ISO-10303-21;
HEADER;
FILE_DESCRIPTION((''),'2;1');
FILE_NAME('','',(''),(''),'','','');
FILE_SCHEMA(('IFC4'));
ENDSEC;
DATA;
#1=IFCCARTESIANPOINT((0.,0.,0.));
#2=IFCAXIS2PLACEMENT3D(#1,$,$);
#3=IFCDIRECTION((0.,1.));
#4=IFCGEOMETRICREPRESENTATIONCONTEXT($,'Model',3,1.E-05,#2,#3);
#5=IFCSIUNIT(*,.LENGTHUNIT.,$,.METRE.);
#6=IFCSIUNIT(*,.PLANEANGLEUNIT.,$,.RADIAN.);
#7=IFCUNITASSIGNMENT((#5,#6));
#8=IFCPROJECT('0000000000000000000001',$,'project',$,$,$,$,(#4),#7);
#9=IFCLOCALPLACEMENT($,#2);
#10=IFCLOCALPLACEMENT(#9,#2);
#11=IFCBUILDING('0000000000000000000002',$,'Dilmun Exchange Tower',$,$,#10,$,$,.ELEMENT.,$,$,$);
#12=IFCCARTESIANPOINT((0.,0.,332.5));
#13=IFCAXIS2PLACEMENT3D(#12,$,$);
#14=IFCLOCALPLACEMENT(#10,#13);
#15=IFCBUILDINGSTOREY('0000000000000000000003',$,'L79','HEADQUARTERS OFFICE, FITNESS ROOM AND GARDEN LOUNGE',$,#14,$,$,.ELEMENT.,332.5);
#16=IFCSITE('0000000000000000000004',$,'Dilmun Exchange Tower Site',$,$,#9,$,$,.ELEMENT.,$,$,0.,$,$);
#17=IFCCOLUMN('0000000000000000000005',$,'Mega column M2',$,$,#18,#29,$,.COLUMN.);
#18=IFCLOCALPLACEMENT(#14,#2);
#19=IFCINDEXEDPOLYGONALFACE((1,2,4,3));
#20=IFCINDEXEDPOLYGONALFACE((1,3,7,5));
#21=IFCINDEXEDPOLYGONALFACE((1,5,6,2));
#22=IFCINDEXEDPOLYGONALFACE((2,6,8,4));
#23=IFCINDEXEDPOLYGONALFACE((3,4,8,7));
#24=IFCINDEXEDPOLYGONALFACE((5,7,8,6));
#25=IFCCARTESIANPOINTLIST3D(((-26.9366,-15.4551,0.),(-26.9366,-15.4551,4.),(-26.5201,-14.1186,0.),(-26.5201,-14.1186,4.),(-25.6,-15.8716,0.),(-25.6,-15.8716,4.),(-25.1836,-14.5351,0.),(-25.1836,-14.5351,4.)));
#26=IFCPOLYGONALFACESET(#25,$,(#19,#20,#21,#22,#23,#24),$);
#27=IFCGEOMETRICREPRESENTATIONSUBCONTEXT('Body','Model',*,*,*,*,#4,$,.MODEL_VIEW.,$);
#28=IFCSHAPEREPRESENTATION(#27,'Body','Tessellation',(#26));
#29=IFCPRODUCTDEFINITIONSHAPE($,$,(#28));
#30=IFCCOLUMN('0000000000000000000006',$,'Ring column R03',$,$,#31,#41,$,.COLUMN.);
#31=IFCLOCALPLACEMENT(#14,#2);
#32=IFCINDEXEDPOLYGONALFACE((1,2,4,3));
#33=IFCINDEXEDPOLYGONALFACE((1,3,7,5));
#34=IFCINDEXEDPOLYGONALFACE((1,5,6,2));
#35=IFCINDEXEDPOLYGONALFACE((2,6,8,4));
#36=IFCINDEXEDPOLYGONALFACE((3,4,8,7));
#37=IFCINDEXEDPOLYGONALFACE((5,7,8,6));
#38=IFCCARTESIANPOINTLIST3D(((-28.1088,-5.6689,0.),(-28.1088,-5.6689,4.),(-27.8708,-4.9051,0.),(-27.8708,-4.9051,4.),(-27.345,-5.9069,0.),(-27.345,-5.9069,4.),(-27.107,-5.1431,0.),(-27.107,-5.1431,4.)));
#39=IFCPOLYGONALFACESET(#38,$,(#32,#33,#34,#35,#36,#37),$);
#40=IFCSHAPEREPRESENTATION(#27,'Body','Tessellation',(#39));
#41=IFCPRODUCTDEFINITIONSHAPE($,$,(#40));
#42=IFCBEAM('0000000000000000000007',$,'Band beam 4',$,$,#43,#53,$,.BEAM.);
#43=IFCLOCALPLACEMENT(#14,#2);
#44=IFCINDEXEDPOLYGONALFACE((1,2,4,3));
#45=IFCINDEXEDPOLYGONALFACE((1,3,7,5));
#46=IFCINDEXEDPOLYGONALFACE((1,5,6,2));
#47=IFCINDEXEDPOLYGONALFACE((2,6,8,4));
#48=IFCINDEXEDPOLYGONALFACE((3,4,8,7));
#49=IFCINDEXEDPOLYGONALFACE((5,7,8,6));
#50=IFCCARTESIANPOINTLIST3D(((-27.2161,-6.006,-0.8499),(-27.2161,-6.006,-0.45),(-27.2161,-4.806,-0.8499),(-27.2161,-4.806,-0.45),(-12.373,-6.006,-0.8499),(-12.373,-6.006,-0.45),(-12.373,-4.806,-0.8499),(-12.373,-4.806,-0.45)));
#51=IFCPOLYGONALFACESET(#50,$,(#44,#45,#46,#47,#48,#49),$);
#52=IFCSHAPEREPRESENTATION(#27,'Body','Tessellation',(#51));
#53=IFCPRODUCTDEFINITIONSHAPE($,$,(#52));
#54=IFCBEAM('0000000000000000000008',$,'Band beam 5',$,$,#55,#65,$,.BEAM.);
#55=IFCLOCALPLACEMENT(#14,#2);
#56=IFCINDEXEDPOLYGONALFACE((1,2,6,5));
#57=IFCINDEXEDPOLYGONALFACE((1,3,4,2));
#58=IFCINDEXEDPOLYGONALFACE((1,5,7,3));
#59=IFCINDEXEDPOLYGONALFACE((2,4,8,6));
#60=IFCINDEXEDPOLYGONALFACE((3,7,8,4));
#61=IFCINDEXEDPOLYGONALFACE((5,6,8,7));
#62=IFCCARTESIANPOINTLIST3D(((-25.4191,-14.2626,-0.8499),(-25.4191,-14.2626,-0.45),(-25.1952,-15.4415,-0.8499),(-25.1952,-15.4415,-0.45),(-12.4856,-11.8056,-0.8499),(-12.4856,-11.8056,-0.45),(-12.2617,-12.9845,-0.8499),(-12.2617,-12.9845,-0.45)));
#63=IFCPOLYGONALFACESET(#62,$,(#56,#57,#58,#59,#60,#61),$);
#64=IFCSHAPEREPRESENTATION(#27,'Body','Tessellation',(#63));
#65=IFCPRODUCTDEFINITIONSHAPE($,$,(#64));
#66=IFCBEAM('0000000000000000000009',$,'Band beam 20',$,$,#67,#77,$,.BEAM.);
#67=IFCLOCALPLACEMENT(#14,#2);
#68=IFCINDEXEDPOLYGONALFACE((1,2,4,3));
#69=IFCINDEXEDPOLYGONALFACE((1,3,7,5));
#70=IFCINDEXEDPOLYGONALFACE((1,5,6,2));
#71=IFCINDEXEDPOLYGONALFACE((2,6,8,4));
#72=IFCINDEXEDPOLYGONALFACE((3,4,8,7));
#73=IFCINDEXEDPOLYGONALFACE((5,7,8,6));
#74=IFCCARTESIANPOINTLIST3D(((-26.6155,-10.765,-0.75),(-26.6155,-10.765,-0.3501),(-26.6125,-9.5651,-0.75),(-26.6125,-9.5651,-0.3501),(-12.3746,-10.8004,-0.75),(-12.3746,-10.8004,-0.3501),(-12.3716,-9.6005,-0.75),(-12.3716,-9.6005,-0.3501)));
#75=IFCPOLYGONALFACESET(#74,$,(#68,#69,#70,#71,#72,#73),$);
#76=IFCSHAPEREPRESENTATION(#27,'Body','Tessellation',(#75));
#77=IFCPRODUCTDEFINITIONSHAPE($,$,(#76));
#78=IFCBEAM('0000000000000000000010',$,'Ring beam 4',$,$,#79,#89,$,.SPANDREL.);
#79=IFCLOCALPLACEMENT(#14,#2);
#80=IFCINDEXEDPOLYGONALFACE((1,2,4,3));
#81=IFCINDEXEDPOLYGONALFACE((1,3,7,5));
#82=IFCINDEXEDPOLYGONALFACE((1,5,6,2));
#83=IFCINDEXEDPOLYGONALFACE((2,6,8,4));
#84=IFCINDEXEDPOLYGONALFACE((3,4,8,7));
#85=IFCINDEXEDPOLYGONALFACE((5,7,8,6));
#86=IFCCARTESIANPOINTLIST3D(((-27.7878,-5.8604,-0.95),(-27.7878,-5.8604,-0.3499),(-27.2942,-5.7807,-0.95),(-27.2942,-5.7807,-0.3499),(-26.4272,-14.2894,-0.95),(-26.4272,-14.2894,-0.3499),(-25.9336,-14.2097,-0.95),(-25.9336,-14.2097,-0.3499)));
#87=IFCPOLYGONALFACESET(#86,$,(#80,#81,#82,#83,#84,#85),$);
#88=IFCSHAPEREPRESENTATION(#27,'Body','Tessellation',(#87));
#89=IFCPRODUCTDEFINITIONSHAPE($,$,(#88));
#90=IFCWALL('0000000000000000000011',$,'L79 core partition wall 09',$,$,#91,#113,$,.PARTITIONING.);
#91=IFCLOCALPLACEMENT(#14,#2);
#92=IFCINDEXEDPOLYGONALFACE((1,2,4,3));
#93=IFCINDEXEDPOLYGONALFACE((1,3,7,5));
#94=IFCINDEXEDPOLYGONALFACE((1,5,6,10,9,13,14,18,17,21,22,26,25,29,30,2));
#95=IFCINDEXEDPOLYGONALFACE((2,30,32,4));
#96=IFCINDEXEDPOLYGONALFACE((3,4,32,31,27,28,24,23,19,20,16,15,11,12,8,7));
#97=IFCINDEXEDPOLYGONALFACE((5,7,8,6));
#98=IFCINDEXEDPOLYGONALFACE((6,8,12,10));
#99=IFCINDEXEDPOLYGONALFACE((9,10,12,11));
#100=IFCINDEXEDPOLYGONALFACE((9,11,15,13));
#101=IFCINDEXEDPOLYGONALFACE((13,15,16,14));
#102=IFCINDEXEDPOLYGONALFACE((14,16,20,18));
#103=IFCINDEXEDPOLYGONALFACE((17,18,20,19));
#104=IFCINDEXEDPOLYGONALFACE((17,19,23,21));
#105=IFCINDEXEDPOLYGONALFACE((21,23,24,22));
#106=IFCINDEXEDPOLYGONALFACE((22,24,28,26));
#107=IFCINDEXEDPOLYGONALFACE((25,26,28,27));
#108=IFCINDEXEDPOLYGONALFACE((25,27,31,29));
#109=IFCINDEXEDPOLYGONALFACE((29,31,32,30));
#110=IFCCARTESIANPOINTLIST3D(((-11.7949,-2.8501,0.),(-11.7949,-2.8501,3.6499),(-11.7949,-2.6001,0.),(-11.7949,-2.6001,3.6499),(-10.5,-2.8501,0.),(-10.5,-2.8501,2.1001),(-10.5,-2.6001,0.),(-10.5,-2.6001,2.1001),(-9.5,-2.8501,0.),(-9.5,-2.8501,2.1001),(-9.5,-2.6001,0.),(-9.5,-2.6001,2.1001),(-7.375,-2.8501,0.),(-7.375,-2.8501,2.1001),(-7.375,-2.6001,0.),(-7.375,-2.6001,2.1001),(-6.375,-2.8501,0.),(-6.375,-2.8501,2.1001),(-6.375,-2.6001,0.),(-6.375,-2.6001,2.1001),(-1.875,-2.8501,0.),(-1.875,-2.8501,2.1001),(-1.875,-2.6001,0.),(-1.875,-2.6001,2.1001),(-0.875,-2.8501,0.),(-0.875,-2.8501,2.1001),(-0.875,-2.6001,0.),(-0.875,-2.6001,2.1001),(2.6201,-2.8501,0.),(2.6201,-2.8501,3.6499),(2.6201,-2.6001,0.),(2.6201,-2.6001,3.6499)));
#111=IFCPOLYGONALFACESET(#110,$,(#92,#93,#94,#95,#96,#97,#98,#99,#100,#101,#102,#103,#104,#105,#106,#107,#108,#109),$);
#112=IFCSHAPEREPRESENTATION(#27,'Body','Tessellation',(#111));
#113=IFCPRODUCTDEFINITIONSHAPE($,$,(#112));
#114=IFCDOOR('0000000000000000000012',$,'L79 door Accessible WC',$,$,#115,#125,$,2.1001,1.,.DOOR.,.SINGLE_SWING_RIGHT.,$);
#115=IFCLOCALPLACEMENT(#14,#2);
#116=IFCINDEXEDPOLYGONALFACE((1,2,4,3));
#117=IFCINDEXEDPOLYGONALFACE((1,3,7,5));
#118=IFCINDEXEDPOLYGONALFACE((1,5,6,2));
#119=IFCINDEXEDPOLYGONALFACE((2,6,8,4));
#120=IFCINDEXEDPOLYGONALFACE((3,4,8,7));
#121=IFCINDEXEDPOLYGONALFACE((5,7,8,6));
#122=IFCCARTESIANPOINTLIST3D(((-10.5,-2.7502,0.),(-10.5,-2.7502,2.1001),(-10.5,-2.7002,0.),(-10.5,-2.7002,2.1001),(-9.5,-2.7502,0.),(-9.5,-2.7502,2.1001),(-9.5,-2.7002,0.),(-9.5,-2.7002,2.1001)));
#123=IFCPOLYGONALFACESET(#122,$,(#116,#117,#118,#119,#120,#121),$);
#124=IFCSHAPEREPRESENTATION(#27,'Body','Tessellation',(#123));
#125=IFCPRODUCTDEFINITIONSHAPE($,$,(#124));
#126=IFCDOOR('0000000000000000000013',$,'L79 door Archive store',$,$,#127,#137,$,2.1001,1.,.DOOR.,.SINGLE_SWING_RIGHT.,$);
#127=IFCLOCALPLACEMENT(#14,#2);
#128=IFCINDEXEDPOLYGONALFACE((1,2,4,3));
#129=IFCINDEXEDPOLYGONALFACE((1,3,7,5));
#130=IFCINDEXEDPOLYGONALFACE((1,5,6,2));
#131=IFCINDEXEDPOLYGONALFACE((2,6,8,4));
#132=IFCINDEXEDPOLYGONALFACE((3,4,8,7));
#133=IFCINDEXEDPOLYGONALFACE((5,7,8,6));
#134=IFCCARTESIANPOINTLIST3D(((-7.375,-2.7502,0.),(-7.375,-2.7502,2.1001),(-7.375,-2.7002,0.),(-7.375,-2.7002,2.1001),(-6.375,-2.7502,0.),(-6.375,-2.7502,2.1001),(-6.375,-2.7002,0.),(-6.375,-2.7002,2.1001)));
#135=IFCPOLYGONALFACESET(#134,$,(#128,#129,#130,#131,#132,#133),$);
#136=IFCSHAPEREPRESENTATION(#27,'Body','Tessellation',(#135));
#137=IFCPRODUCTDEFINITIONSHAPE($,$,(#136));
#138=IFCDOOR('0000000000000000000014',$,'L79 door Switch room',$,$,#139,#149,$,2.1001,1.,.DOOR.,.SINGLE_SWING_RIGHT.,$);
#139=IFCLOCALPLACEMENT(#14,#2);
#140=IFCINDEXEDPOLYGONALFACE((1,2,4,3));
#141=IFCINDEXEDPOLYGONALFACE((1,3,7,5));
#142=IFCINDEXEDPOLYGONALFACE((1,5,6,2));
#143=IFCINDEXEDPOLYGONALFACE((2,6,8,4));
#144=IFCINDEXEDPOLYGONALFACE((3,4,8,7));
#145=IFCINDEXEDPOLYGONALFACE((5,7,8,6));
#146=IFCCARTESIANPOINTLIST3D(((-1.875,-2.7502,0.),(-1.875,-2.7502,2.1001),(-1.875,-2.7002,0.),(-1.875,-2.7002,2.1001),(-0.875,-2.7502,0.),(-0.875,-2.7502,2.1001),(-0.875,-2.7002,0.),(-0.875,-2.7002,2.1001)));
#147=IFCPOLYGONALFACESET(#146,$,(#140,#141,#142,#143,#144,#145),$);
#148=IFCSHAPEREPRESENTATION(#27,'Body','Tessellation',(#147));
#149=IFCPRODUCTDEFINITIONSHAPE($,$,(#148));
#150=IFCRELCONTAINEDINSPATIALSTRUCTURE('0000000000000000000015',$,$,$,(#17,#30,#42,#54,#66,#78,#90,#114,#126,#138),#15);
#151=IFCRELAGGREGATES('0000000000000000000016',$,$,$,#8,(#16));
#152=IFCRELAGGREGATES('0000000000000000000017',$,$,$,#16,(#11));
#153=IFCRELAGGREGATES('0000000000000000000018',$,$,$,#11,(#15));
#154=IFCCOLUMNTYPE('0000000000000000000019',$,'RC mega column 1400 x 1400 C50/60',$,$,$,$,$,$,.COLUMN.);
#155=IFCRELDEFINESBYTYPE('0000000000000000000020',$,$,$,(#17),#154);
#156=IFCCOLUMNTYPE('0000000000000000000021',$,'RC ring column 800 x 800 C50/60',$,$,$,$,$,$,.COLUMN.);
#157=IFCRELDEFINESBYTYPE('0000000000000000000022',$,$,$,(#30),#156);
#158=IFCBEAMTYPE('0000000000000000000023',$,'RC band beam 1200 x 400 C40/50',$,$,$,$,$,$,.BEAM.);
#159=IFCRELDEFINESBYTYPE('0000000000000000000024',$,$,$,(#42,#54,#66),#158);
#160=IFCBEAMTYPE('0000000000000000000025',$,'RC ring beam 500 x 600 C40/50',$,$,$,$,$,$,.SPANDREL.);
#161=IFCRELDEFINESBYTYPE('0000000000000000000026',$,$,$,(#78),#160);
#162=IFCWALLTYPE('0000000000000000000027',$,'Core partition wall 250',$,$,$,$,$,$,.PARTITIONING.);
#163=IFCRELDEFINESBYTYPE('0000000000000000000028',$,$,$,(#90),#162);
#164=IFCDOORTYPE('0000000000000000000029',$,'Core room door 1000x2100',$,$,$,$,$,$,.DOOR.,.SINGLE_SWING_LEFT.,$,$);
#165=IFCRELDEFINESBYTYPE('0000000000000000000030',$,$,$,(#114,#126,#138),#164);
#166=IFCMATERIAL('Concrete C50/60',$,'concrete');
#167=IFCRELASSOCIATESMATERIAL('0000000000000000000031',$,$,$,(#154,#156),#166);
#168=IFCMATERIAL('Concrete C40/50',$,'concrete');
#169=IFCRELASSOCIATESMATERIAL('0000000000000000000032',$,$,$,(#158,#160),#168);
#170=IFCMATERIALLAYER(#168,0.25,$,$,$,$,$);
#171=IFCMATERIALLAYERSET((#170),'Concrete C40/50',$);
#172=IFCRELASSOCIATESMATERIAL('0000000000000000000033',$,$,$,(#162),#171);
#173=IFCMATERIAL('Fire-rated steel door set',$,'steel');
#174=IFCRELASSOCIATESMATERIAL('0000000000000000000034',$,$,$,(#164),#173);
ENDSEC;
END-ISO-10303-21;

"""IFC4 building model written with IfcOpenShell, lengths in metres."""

from ifc_helpers import new_model, si_unit, direction, frame, frame_2d, origin, origin_2d, place, context, subcontext, project, spatial, rectangle, extrude, material, layer, layer_set, material_profile, profile_set, type_object, element, fill, save


model = new_model("IFC4")

# Units and contexts
model_context = context("Model", 3, precision=1e-05, world=origin(), true_north=direction((0.0, 1.0)))
body_context = subcontext(model_context, "Body", "Model", "MODEL_VIEW")
ifc_project = project(units=[si_unit("LENGTHUNIT", "METRE"), si_unit("PLANEANGLEUNIT", "RADIAN")], contexts=[model_context])

# Site, building, storey
site_placement = place(None, origin())
site = spatial("IfcSite", under=ifc_project, at=site_placement, Name="Dilmun Exchange Tower Site", CompositionType="ELEMENT", RefElevation=0.0)
building_placement = place(site_placement, origin())
building = spatial("IfcBuilding", under=site, at=building_placement, Name="Dilmun Exchange Tower", CompositionType="ELEMENT")
storey_placement = place(building_placement, frame((0.0, 0.0, 332.5)))
storey = spatial("IfcBuildingStorey", under=building, at=storey_placement, Name="L79", Description="HEADQUARTERS OFFICE, FITNESS ROOM AND GARDEN LOUNGE", CompositionType="ELEMENT", Elevation=332.5)

# Columns
ifc_material_1 = material(Name="Concrete C50/60", Category="concrete")
ifc_material_profile_1 = material_profile(ifc_material_1, rectangle(XDim=1.3999, YDim=1.3999, at=origin_2d()), Name="1400 x 1400")
ifc_profile_set_1 = profile_set([ifc_material_profile_1], Name="Concrete C50/60")
column_type_1 = type_object("IfcColumnType", Name="RC mega column 1400 x 1400 C50/60", PredefinedType="COLUMN", material=ifc_profile_set_1)
column_1_placement = place(storey_placement, frame((-26.0601, -14.9951, 0.0), z_axis=(0.0, 0.0, 1.0), x_axis=(0.297503, 0.954721, 0.0)))
element("IfcColumn", 1, at=column_1_placement, inside=storey, type_object=column_type_1, Name="Mega column M2", PredefinedType="COLUMN", context=body_context, shape_type="SweptSolid", body=[
    extrude(rectangle(XDim=1.3999, YDim=1.3999, at=origin_2d()), origin(), (0.0, 0.0, 1.0), 4.0),
])
ifc_material_profile_2 = material_profile(ifc_material_1, rectangle(XDim=0.8, YDim=0.8, at=origin_2d()), Name="800 x 800")
ifc_profile_set_2 = profile_set([ifc_material_profile_2], Name="Concrete C50/60")
column_type_2 = type_object("IfcColumnType", Name="RC ring column 800 x 800 C50/60", PredefinedType="COLUMN", material=ifc_profile_set_2)
column_2_placement = place(storey_placement, frame((-27.6079, -5.406, 0.0), z_axis=(0.0, 0.0, 1.0), x_axis=(0.297503, 0.954721, 0.0)))
element("IfcColumn", 2, at=column_2_placement, inside=storey, type_object=column_type_2, Name="Ring column R03", PredefinedType="COLUMN", context=body_context, shape_type="SweptSolid", body=[
    extrude(rectangle(XDim=0.8, YDim=0.8, at=origin_2d()), origin(), (0.0, 0.0, 1.0), 4.0),
])

# Beams
ifc_material_2 = material(Name="Concrete C40/50", Category="concrete")
ifc_material_profile_3 = material_profile(ifc_material_2, rectangle(XDim=1.2, YDim=0.3999, at=origin_2d()), Name="1200 x 400")
ifc_profile_set_3 = profile_set([ifc_material_profile_3], Name="Concrete C40/50")
beam_type_1 = type_object("IfcBeamType", Name="RC band beam 1200 x 400 C40/50", PredefinedType="BEAM", material=ifc_profile_set_3)
beam_1_placement = place(storey_placement, frame((-27.2161, -5.406, -0.6499), z_axis=(1.0, 0.0, 0.0), x_axis=(0.0, 1.0, 0.0)))
element("IfcBeam", 3, at=beam_1_placement, inside=storey, type_object=beam_type_1, Name="Band beam 4", PredefinedType="BEAM", context=body_context, shape_type="SweptSolid", body=[
    extrude(rectangle(XDim=1.2, YDim=0.3999, at=origin_2d()), origin(), (0.0, 0.0, 1.0), 14.843),
])
beam_2_placement = place(storey_placement, frame((-25.3071, -14.8521, -0.6499), z_axis=(0.982429, 0.186635, 0.0), x_axis=(-0.186635, 0.982429, 0.0)))
element("IfcBeam", 4, at=beam_2_placement, inside=storey, type_object=beam_type_1, Name="Band beam 5", PredefinedType="BEAM", context=body_context, shape_type="SweptSolid", body=[
    extrude(rectangle(XDim=1.2, YDim=0.3999, at=origin_2d()), origin(), (0.0, 0.0, 1.0), 13.1648),
])
beam_3_placement = place(storey_placement, frame((-26.614, -10.165, -0.55), z_axis=(0.999997, -0.002486, 0.0), x_axis=(0.002486, 0.999997, 0.0)))
element("IfcBeam", 5, at=beam_3_placement, inside=storey, type_object=beam_type_1, Name="Band beam 20", PredefinedType="BEAM", context=body_context, shape_type="SweptSolid", body=[
    extrude(rectangle(XDim=1.2, YDim=0.3999, at=origin_2d()), origin(), (0.0, 0.0, 1.0), 14.241),
])
ifc_material_profile_4 = material_profile(ifc_material_2, rectangle(XDim=0.5, YDim=0.6001, at=origin_2d()), Name="500 x 600")
ifc_profile_set_4 = profile_set([ifc_material_profile_4], Name="Concrete C40/50")
beam_type_2 = type_object("IfcBeamType", Name="RC ring beam 500 x 600 C40/50", PredefinedType="SPANDREL", material=ifc_profile_set_4)
beam_4_placement = place(storey_placement, frame((-27.541, -5.8206, -0.6499), z_axis=(0.159357, -0.987221, 0.0), x_axis=(0.987221, 0.159357, 0.0)))
element("IfcBeam", 6, at=beam_4_placement, inside=storey, type_object=beam_type_2, Name="Ring beam 4", PredefinedType="SPANDREL", context=body_context, shape_type="SweptSolid", body=[
    extrude(rectangle(XDim=0.5, YDim=0.6001, at=origin_2d()), origin(), (0.0, 0.0, 1.0), 8.5381),
])

# Wall, openings, doors
ifc_layer_1 = layer(ifc_material_2, 0.25)
ifc_layer_set_1 = layer_set([ifc_layer_1], Name="Concrete C40/50")
wall_type_1 = type_object("IfcWallType", Name="Core partition wall 250", PredefinedType="PARTITIONING", material=ifc_layer_set_1)
wall_1_placement = place(storey_placement, frame((-11.7949, -2.7251, 0.0), z_axis=(0.0, 0.0, 1.0), x_axis=(1.0, 0.0, 0.0)))
wall_1 = element("IfcWall", 7, at=wall_1_placement, inside=storey, type_object=wall_type_1, Name="L79 core partition wall 09", PredefinedType="PARTITIONING", context=body_context, shape_type="SweptSolid", body=[
    extrude(rectangle(XDim=14.415, YDim=0.25, at=frame_2d((7.2075, 0.0))), origin(), (0.0, 0.0, 1.0), 3.6499),
])
opening_1_placement = place(wall_1_placement, frame((1.2949, 0.0, 0.0)))
opening_1 = element("IfcOpeningElement", 8, at=opening_1_placement, cuts=wall_1, PredefinedType="OPENING", context=body_context, shape_type="SweptSolid", body=[
    extrude(rectangle(XDim=1.0, YDim=2.1001, at=frame_2d((0.5, 1.05))), frame((0.0, 0.135, 0.0), z_axis=(0.0, -1.0, 0.0), x_axis=(1.0, 0.0, 0.0)), (0.0, 0.0, 1.0), 0.27),
])
opening_2_placement = place(wall_1_placement, frame((4.4199, 0.0, 0.0)))
opening_2 = element("IfcOpeningElement", 9, at=opening_2_placement, cuts=wall_1, PredefinedType="OPENING", context=body_context, shape_type="SweptSolid", body=[
    extrude(rectangle(XDim=1.0, YDim=2.1001, at=frame_2d((0.5, 1.05))), frame((0.0, 0.135, 0.0), z_axis=(0.0, -1.0, 0.0), x_axis=(1.0, 0.0, 0.0)), (0.0, 0.0, 1.0), 0.27),
])
opening_3_placement = place(wall_1_placement, frame((9.9199, 0.0, 0.0)))
opening_3 = element("IfcOpeningElement", 10, at=opening_3_placement, cuts=wall_1, PredefinedType="OPENING", context=body_context, shape_type="SweptSolid", body=[
    extrude(rectangle(XDim=1.0, YDim=2.1001, at=frame_2d((0.5, 1.05))), frame((0.0, 0.135, 0.0), z_axis=(0.0, -1.0, 0.0), x_axis=(1.0, 0.0, 0.0)), (0.0, 0.0, 1.0), 0.27),
])
ifc_material_3 = material(Name="Fire-rated steel door set", Category="steel")
door_type_1 = type_object("IfcDoorType", Name="Core room door 1000x2100", OperationType="SINGLE_SWING_LEFT", PredefinedType="DOOR", material=ifc_material_3)
door_1_placement = place(opening_1_placement, origin())
door_1 = element("IfcDoor", 11, at=door_1_placement, inside=storey, type_object=door_type_1, Name="L79 door Accessible WC", OperationType="SINGLE_SWING_RIGHT", OverallHeight=2.1001, OverallWidth=1.0, PredefinedType="DOOR", context=body_context, shape_type="SweptSolid", body=[
    extrude(rectangle(XDim=1.0, YDim=2.1001, at=frame_2d((0.5, 1.05))), frame((0.0, 0.0249, 0.0), z_axis=(0.0, -1.0, 0.0), x_axis=(1.0, 0.0, 0.0)), (0.0, 0.0, 1.0), 0.05),
])
fill(opening_1, door_1)
door_2_placement = place(opening_2_placement, origin())
door_2 = element("IfcDoor", 12, at=door_2_placement, inside=storey, type_object=door_type_1, Name="L79 door Archive store", OperationType="SINGLE_SWING_RIGHT", OverallHeight=2.1001, OverallWidth=1.0, PredefinedType="DOOR", context=body_context, shape_type="SweptSolid", body=[
    extrude(rectangle(XDim=1.0, YDim=2.1001, at=frame_2d((0.5, 1.05))), frame((0.0, 0.0249, 0.0), z_axis=(0.0, -1.0, 0.0), x_axis=(1.0, 0.0, 0.0)), (0.0, 0.0, 1.0), 0.05),
])
fill(opening_2, door_2)
door_3_placement = place(opening_3_placement, origin())
door_3 = element("IfcDoor", 13, at=door_3_placement, inside=storey, type_object=door_type_1, Name="L79 door Switch room", OperationType="SINGLE_SWING_RIGHT", OverallHeight=2.1001, OverallWidth=1.0, PredefinedType="DOOR", context=body_context, shape_type="SweptSolid", body=[
    extrude(rectangle(XDim=1.0, YDim=2.1001, at=frame_2d((0.5, 1.05))), frame((0.0, 0.0249, 0.0), z_axis=(0.0, -1.0, 0.0), x_axis=(1.0, 0.0, 0.0)), (0.0, 0.0, 1.0), 0.05),
])
fill(opening_3, door_3)

save(model, "model.ifc")
